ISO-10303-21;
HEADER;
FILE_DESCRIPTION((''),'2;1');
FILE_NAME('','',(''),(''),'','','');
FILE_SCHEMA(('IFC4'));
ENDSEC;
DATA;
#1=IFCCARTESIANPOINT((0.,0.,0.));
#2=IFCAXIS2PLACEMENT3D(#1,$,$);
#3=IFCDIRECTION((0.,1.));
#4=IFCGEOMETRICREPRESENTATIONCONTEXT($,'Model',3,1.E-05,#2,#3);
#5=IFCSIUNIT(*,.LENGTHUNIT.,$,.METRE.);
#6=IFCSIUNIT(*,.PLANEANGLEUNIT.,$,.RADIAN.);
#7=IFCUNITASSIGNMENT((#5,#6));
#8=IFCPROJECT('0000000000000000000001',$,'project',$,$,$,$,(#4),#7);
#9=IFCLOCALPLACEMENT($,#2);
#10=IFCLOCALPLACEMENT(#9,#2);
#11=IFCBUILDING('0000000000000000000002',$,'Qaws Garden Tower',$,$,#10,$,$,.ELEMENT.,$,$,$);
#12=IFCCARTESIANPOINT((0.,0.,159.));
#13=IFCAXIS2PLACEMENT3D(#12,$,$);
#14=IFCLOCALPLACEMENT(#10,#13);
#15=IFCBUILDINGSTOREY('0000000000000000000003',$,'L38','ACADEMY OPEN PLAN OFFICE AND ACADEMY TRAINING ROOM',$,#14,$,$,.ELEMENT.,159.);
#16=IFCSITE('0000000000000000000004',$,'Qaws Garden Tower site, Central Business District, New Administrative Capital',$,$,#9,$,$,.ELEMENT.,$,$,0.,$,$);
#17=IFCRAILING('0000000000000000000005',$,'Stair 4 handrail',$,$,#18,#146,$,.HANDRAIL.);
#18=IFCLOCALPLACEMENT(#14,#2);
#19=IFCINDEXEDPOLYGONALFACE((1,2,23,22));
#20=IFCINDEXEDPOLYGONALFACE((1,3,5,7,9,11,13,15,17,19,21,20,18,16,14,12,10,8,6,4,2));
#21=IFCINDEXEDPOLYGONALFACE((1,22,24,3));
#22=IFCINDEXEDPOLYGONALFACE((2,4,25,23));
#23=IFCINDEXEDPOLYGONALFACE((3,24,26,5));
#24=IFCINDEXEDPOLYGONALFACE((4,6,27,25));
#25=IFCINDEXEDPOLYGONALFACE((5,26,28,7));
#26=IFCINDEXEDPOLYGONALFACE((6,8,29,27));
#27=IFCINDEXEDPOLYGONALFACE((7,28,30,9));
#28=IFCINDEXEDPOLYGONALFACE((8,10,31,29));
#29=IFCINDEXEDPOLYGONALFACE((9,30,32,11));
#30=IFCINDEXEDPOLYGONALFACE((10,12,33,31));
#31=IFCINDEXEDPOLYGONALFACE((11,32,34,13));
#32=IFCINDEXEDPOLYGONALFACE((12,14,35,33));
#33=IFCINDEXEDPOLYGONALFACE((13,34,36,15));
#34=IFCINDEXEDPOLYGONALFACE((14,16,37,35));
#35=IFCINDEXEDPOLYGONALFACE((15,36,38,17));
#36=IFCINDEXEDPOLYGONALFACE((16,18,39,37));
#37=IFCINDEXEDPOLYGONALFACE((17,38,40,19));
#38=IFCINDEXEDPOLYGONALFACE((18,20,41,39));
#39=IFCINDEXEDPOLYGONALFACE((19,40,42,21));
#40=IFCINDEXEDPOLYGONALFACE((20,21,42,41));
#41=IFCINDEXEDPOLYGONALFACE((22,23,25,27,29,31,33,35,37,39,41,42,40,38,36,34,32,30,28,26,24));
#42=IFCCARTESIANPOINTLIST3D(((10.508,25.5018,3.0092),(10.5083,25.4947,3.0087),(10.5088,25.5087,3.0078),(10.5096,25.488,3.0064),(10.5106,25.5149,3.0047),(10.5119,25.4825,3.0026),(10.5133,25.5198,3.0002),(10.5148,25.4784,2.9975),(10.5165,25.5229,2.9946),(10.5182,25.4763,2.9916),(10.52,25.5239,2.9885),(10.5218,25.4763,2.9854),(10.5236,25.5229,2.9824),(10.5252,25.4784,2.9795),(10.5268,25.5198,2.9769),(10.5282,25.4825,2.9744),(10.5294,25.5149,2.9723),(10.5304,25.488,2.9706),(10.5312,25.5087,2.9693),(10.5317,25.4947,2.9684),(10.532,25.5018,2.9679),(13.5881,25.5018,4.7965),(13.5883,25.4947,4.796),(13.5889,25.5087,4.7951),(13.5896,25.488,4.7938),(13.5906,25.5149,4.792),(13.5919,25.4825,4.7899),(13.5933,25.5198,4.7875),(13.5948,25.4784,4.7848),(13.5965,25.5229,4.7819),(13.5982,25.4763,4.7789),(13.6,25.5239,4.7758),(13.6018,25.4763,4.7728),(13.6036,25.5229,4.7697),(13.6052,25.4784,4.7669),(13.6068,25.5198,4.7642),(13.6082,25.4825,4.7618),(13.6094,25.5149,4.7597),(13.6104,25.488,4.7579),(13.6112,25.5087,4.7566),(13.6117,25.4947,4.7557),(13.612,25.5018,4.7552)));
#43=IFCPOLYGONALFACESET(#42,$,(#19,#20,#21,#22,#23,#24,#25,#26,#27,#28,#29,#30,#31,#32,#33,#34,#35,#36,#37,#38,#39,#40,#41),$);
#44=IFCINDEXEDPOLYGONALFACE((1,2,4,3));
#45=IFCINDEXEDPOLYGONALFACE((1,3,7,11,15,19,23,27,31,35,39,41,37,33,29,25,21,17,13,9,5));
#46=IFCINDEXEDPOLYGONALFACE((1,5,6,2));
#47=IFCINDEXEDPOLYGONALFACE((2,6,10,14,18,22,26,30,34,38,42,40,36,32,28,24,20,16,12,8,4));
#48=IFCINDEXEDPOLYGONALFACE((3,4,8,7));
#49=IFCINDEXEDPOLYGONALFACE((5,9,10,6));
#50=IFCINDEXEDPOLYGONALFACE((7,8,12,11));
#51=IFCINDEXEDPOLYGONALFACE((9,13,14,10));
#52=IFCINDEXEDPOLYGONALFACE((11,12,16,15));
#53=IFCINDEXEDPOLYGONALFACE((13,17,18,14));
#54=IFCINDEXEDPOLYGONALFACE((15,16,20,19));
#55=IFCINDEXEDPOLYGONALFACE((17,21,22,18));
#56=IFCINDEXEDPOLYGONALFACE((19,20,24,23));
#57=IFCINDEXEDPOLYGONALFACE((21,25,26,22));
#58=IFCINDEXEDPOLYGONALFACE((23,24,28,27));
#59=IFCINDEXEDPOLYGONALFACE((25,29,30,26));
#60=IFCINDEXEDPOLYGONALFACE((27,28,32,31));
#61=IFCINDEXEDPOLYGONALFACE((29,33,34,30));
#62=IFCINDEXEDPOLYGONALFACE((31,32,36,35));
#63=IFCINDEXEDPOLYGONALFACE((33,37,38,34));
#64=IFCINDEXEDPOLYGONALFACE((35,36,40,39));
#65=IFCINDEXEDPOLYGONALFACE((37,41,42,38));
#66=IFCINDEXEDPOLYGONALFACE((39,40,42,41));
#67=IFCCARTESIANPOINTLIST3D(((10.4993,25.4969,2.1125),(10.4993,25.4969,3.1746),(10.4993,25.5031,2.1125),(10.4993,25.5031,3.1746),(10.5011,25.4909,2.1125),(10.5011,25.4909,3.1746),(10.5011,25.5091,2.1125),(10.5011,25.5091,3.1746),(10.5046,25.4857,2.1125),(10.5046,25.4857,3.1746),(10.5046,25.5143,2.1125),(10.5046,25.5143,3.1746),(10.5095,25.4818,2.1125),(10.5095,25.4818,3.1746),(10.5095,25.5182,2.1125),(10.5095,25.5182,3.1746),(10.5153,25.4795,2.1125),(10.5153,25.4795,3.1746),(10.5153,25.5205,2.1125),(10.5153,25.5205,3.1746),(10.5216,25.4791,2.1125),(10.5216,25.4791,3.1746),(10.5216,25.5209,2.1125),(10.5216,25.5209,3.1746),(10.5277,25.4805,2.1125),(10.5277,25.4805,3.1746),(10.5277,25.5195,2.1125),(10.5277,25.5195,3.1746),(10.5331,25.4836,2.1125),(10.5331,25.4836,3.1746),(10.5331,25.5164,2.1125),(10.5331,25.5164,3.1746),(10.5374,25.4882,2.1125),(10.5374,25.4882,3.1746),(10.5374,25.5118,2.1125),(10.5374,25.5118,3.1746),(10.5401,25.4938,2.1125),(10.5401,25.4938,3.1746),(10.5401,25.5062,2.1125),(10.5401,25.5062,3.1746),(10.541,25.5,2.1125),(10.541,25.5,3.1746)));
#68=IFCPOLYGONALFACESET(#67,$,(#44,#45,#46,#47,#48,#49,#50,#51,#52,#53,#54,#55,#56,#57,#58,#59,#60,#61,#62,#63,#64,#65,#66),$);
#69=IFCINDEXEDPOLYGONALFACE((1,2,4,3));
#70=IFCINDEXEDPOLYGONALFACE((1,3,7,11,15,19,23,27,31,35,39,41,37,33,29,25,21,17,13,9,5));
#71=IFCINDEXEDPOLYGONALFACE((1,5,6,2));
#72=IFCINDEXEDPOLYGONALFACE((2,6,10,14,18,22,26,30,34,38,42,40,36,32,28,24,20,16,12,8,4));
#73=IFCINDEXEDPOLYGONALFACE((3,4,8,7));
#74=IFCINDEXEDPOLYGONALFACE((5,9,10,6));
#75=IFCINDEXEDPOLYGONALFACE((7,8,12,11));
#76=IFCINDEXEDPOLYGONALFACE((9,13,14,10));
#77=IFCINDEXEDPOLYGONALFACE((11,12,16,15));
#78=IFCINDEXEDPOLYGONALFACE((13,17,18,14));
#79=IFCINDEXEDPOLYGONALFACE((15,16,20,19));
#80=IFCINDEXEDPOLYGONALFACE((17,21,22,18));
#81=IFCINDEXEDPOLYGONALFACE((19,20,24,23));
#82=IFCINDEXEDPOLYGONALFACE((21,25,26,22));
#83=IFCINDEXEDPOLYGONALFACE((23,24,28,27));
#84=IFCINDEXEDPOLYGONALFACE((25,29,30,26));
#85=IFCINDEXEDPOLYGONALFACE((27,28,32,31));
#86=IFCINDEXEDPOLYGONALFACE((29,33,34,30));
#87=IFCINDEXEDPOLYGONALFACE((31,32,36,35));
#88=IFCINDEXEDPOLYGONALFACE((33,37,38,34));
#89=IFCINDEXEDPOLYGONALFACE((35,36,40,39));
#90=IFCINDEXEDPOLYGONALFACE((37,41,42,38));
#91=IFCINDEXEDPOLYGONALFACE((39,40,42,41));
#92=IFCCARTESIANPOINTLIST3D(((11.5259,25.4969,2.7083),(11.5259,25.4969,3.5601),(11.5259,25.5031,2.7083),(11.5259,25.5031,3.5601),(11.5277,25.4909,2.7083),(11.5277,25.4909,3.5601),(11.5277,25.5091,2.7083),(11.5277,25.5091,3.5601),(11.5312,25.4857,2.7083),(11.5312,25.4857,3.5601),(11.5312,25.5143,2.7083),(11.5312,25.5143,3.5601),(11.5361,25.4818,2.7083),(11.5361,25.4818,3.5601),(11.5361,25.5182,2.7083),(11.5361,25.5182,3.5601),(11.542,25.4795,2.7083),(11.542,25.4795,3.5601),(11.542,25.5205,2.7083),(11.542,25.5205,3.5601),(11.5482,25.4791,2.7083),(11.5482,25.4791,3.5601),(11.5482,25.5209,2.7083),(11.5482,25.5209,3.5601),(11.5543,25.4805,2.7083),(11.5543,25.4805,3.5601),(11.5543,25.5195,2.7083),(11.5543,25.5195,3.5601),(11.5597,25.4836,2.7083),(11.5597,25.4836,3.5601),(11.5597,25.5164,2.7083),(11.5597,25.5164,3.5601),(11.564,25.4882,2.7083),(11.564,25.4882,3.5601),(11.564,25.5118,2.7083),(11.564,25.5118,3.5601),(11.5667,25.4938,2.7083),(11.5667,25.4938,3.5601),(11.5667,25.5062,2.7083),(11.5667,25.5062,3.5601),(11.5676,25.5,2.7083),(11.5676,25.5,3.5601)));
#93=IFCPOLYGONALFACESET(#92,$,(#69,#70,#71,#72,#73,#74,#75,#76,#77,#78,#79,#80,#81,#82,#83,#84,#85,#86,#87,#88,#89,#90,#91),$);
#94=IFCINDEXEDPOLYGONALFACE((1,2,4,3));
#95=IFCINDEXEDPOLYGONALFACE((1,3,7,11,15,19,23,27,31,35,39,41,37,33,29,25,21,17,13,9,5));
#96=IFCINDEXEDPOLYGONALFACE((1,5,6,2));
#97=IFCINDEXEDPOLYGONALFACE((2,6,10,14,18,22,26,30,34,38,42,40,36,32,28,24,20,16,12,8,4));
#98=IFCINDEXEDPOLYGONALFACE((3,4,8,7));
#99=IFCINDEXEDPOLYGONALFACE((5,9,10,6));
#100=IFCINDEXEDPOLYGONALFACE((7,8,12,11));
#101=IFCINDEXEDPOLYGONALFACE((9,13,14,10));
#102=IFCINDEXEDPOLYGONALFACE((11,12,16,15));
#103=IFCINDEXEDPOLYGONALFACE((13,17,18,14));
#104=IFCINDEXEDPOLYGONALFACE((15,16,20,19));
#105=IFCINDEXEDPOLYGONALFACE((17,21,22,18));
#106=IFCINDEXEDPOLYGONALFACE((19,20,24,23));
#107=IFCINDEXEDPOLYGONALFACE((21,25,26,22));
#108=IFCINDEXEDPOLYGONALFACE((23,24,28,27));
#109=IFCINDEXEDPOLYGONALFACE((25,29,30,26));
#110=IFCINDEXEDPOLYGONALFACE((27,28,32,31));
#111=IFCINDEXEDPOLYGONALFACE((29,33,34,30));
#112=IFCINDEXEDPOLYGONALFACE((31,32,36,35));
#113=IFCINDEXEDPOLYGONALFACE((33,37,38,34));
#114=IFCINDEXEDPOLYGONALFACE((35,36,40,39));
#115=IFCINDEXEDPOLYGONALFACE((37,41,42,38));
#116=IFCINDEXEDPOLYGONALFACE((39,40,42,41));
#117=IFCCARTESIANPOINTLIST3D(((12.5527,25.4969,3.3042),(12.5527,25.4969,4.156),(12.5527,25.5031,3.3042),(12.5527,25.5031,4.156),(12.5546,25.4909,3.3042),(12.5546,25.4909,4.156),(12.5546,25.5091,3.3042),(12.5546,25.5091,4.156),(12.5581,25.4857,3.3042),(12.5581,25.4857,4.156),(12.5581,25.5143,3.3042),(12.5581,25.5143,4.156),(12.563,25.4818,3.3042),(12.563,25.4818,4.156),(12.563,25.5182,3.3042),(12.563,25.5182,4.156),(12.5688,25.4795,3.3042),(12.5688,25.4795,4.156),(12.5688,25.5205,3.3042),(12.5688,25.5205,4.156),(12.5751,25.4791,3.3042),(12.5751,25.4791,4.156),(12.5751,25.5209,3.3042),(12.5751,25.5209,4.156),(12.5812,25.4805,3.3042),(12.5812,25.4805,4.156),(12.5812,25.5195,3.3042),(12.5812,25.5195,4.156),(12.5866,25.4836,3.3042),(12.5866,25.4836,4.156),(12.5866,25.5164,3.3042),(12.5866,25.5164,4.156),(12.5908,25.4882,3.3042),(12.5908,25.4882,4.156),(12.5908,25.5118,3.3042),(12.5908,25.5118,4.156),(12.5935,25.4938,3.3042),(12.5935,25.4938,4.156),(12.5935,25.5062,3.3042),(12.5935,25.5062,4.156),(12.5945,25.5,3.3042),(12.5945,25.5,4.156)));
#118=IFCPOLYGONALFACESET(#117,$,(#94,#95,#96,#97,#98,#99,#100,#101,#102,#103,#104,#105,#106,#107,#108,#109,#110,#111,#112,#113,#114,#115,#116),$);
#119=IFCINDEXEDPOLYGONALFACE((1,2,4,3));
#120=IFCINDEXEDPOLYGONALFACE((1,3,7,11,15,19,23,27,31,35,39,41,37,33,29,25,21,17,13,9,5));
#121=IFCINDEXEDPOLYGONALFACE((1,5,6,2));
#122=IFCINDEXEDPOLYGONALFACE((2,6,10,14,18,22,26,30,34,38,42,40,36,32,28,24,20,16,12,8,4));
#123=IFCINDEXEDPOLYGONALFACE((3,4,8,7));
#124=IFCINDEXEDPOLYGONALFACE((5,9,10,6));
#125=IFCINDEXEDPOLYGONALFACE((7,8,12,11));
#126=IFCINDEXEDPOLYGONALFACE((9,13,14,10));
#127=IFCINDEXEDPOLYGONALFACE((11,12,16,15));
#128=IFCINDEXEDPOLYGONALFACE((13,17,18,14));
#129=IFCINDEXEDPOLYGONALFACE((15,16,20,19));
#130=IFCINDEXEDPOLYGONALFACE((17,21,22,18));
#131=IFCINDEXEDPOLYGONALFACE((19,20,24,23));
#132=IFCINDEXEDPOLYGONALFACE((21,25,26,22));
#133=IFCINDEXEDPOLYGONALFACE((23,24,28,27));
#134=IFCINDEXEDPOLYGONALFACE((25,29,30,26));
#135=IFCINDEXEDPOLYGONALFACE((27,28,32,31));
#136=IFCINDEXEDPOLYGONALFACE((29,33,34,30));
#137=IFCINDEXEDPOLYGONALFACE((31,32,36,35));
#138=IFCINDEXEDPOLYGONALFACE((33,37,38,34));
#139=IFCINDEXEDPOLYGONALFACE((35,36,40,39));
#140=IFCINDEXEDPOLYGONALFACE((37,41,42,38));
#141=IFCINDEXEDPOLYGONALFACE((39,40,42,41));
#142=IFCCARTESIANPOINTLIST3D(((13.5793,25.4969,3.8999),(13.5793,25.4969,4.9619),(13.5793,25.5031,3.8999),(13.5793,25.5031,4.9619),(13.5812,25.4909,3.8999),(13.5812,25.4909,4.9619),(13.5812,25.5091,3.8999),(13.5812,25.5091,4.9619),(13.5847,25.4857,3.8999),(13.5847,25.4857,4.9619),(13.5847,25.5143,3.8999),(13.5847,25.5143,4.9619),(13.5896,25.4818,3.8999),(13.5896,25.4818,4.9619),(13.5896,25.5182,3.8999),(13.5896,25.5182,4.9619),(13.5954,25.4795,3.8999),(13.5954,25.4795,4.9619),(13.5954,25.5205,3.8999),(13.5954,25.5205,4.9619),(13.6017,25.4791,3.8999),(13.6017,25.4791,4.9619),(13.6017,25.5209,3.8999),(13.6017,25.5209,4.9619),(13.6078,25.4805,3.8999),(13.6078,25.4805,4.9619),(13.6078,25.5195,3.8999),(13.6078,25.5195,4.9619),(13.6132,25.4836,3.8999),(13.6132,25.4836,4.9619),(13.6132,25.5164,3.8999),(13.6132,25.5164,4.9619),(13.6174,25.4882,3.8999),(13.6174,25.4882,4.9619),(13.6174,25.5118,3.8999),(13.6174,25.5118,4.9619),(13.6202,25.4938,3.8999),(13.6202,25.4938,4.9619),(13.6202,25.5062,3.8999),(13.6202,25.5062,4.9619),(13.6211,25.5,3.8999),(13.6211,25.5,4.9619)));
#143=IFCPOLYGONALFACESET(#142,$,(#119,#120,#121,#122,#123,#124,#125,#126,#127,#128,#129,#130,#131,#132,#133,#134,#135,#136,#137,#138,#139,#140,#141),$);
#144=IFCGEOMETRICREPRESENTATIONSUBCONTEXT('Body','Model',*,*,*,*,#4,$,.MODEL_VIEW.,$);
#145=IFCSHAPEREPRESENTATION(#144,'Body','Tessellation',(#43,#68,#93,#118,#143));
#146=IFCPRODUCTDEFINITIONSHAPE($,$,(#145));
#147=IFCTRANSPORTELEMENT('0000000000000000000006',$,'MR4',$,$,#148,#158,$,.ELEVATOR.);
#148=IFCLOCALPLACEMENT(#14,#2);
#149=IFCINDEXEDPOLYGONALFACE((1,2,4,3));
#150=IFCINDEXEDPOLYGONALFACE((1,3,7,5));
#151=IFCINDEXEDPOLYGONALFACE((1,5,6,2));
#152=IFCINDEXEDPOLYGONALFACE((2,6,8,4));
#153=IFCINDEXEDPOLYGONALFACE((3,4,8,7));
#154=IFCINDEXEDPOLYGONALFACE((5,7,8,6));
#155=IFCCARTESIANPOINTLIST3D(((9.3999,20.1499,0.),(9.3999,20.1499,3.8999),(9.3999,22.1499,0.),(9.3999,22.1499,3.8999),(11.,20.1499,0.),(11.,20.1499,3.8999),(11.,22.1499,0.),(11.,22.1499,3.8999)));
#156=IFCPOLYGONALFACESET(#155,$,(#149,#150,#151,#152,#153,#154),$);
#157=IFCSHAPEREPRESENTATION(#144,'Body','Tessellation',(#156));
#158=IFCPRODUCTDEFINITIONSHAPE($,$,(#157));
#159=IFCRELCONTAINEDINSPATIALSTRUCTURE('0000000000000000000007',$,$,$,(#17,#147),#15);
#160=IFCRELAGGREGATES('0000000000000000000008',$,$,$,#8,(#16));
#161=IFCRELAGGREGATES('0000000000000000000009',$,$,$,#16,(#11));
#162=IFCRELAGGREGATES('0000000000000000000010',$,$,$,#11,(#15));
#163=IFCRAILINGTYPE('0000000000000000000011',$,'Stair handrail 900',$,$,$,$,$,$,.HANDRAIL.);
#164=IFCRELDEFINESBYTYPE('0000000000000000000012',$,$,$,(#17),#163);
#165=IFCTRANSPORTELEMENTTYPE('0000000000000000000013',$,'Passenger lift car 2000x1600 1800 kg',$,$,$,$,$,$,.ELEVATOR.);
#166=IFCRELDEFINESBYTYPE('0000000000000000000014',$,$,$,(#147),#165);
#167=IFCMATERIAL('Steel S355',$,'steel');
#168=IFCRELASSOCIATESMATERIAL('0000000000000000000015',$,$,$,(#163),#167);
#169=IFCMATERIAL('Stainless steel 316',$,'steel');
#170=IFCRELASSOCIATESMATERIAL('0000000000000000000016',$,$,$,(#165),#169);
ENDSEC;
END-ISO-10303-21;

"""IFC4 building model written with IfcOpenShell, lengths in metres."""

from ifc_helpers import new_model, si_unit, direction, frame, origin, origin_2d, place, context, subcontext, project, spatial, rectangle, circle, extrude, material, type_object, element, save


model = new_model("IFC4")

# Units and contexts
model_context = context("Model", 3, precision=1e-05, world=origin(), true_north=direction((0.0, 1.0)))
body_context = subcontext(model_context, "Body", "Model", "MODEL_VIEW")
ifc_project = project(units=[si_unit("LENGTHUNIT", "METRE"), si_unit("PLANEANGLEUNIT", "RADIAN")], contexts=[model_context])

# Site, building, storey
site_placement = place(None, origin())
site = spatial("IfcSite", under=ifc_project, at=site_placement, Name="Qaws Garden Tower site, Central Business District, New Administrative Capital", CompositionType="ELEMENT", RefElevation=0.0)
building_placement = place(site_placement, origin())
building = spatial("IfcBuilding", under=site, at=building_placement, Name="Qaws Garden Tower", CompositionType="ELEMENT")
storey_placement = place(building_placement, frame((0.0, 0.0, 159.0)))
storey = spatial("IfcBuildingStorey", under=building, at=storey_placement, Name="L38", Description="ACADEMY OPEN PLAN OFFICE AND ACADEMY TRAINING ROOM", CompositionType="ELEMENT", Elevation=159.0)

# Railing
ifc_material_1 = material(Name="Steel S355", Category="steel")
railing_type = type_object("IfcRailingType", Name="Stair handrail 900", PredefinedType="HANDRAIL", material=ifc_material_1)
railing_1_placement = place(storey_placement, frame((10.52, 25.5, 2.1125)))
element("IfcRailing", 1, at=railing_1_placement, inside=storey, type_object=railing_type, Name="Stair 4 handrail", PredefinedType="HANDRAIL", context=body_context, shape_type="SweptSolid", body=[
    extrude(circle(Radius=0.0239, at=origin_2d()), frame((0.0, 0.0, 0.876), z_axis=(0.86492, 0.0, 0.501909), x_axis=(0.0, 1.0, 0.0)), (0.0, 0.0, 1.0), 3.561),
    extrude(circle(Radius=0.021, at=origin_2d()), origin(), (0.0, 0.0, 1.0), 1.062),
    extrude(circle(Radius=0.021, at=origin_2d()), frame((1.0266, 0.0, 0.5957)), (0.0, 0.0, 1.0), 0.8518),
    extrude(circle(Radius=0.021, at=origin_2d()), frame((2.0535, 0.0, 1.1917)), (0.0, 0.0, 1.0), 0.8518),
    extrude(circle(Radius=0.021, at=origin_2d()), frame((3.0801, 0.0, 1.7874)), (0.0, 0.0, 1.0), 1.062),
])

# Transport element
ifc_material_2 = material(Name="Stainless steel 316", Category="steel")
transport_element_type = type_object("IfcTransportElementType", Name="Passenger lift car 2000x1600 1800 kg", PredefinedType="ELEVATOR", material=ifc_material_2)
transport_element_placement = place(storey_placement, frame((10.2, 21.1499, 0.0), z_axis=(0.0, 0.0, 1.0), x_axis=(1.0, 0.0, 0.0)))
element("IfcTransportElement", 2, at=transport_element_placement, inside=storey, type_object=transport_element_type, Name="MR4", PredefinedType="ELEVATOR", context=body_context, shape_type="SweptSolid", body=[
    extrude(rectangle(XDim=1.6001, YDim=2.0, at=origin_2d()), origin(), (0.0, 0.0, 1.0), 3.8999),
])

save(model, "model.ifc")
